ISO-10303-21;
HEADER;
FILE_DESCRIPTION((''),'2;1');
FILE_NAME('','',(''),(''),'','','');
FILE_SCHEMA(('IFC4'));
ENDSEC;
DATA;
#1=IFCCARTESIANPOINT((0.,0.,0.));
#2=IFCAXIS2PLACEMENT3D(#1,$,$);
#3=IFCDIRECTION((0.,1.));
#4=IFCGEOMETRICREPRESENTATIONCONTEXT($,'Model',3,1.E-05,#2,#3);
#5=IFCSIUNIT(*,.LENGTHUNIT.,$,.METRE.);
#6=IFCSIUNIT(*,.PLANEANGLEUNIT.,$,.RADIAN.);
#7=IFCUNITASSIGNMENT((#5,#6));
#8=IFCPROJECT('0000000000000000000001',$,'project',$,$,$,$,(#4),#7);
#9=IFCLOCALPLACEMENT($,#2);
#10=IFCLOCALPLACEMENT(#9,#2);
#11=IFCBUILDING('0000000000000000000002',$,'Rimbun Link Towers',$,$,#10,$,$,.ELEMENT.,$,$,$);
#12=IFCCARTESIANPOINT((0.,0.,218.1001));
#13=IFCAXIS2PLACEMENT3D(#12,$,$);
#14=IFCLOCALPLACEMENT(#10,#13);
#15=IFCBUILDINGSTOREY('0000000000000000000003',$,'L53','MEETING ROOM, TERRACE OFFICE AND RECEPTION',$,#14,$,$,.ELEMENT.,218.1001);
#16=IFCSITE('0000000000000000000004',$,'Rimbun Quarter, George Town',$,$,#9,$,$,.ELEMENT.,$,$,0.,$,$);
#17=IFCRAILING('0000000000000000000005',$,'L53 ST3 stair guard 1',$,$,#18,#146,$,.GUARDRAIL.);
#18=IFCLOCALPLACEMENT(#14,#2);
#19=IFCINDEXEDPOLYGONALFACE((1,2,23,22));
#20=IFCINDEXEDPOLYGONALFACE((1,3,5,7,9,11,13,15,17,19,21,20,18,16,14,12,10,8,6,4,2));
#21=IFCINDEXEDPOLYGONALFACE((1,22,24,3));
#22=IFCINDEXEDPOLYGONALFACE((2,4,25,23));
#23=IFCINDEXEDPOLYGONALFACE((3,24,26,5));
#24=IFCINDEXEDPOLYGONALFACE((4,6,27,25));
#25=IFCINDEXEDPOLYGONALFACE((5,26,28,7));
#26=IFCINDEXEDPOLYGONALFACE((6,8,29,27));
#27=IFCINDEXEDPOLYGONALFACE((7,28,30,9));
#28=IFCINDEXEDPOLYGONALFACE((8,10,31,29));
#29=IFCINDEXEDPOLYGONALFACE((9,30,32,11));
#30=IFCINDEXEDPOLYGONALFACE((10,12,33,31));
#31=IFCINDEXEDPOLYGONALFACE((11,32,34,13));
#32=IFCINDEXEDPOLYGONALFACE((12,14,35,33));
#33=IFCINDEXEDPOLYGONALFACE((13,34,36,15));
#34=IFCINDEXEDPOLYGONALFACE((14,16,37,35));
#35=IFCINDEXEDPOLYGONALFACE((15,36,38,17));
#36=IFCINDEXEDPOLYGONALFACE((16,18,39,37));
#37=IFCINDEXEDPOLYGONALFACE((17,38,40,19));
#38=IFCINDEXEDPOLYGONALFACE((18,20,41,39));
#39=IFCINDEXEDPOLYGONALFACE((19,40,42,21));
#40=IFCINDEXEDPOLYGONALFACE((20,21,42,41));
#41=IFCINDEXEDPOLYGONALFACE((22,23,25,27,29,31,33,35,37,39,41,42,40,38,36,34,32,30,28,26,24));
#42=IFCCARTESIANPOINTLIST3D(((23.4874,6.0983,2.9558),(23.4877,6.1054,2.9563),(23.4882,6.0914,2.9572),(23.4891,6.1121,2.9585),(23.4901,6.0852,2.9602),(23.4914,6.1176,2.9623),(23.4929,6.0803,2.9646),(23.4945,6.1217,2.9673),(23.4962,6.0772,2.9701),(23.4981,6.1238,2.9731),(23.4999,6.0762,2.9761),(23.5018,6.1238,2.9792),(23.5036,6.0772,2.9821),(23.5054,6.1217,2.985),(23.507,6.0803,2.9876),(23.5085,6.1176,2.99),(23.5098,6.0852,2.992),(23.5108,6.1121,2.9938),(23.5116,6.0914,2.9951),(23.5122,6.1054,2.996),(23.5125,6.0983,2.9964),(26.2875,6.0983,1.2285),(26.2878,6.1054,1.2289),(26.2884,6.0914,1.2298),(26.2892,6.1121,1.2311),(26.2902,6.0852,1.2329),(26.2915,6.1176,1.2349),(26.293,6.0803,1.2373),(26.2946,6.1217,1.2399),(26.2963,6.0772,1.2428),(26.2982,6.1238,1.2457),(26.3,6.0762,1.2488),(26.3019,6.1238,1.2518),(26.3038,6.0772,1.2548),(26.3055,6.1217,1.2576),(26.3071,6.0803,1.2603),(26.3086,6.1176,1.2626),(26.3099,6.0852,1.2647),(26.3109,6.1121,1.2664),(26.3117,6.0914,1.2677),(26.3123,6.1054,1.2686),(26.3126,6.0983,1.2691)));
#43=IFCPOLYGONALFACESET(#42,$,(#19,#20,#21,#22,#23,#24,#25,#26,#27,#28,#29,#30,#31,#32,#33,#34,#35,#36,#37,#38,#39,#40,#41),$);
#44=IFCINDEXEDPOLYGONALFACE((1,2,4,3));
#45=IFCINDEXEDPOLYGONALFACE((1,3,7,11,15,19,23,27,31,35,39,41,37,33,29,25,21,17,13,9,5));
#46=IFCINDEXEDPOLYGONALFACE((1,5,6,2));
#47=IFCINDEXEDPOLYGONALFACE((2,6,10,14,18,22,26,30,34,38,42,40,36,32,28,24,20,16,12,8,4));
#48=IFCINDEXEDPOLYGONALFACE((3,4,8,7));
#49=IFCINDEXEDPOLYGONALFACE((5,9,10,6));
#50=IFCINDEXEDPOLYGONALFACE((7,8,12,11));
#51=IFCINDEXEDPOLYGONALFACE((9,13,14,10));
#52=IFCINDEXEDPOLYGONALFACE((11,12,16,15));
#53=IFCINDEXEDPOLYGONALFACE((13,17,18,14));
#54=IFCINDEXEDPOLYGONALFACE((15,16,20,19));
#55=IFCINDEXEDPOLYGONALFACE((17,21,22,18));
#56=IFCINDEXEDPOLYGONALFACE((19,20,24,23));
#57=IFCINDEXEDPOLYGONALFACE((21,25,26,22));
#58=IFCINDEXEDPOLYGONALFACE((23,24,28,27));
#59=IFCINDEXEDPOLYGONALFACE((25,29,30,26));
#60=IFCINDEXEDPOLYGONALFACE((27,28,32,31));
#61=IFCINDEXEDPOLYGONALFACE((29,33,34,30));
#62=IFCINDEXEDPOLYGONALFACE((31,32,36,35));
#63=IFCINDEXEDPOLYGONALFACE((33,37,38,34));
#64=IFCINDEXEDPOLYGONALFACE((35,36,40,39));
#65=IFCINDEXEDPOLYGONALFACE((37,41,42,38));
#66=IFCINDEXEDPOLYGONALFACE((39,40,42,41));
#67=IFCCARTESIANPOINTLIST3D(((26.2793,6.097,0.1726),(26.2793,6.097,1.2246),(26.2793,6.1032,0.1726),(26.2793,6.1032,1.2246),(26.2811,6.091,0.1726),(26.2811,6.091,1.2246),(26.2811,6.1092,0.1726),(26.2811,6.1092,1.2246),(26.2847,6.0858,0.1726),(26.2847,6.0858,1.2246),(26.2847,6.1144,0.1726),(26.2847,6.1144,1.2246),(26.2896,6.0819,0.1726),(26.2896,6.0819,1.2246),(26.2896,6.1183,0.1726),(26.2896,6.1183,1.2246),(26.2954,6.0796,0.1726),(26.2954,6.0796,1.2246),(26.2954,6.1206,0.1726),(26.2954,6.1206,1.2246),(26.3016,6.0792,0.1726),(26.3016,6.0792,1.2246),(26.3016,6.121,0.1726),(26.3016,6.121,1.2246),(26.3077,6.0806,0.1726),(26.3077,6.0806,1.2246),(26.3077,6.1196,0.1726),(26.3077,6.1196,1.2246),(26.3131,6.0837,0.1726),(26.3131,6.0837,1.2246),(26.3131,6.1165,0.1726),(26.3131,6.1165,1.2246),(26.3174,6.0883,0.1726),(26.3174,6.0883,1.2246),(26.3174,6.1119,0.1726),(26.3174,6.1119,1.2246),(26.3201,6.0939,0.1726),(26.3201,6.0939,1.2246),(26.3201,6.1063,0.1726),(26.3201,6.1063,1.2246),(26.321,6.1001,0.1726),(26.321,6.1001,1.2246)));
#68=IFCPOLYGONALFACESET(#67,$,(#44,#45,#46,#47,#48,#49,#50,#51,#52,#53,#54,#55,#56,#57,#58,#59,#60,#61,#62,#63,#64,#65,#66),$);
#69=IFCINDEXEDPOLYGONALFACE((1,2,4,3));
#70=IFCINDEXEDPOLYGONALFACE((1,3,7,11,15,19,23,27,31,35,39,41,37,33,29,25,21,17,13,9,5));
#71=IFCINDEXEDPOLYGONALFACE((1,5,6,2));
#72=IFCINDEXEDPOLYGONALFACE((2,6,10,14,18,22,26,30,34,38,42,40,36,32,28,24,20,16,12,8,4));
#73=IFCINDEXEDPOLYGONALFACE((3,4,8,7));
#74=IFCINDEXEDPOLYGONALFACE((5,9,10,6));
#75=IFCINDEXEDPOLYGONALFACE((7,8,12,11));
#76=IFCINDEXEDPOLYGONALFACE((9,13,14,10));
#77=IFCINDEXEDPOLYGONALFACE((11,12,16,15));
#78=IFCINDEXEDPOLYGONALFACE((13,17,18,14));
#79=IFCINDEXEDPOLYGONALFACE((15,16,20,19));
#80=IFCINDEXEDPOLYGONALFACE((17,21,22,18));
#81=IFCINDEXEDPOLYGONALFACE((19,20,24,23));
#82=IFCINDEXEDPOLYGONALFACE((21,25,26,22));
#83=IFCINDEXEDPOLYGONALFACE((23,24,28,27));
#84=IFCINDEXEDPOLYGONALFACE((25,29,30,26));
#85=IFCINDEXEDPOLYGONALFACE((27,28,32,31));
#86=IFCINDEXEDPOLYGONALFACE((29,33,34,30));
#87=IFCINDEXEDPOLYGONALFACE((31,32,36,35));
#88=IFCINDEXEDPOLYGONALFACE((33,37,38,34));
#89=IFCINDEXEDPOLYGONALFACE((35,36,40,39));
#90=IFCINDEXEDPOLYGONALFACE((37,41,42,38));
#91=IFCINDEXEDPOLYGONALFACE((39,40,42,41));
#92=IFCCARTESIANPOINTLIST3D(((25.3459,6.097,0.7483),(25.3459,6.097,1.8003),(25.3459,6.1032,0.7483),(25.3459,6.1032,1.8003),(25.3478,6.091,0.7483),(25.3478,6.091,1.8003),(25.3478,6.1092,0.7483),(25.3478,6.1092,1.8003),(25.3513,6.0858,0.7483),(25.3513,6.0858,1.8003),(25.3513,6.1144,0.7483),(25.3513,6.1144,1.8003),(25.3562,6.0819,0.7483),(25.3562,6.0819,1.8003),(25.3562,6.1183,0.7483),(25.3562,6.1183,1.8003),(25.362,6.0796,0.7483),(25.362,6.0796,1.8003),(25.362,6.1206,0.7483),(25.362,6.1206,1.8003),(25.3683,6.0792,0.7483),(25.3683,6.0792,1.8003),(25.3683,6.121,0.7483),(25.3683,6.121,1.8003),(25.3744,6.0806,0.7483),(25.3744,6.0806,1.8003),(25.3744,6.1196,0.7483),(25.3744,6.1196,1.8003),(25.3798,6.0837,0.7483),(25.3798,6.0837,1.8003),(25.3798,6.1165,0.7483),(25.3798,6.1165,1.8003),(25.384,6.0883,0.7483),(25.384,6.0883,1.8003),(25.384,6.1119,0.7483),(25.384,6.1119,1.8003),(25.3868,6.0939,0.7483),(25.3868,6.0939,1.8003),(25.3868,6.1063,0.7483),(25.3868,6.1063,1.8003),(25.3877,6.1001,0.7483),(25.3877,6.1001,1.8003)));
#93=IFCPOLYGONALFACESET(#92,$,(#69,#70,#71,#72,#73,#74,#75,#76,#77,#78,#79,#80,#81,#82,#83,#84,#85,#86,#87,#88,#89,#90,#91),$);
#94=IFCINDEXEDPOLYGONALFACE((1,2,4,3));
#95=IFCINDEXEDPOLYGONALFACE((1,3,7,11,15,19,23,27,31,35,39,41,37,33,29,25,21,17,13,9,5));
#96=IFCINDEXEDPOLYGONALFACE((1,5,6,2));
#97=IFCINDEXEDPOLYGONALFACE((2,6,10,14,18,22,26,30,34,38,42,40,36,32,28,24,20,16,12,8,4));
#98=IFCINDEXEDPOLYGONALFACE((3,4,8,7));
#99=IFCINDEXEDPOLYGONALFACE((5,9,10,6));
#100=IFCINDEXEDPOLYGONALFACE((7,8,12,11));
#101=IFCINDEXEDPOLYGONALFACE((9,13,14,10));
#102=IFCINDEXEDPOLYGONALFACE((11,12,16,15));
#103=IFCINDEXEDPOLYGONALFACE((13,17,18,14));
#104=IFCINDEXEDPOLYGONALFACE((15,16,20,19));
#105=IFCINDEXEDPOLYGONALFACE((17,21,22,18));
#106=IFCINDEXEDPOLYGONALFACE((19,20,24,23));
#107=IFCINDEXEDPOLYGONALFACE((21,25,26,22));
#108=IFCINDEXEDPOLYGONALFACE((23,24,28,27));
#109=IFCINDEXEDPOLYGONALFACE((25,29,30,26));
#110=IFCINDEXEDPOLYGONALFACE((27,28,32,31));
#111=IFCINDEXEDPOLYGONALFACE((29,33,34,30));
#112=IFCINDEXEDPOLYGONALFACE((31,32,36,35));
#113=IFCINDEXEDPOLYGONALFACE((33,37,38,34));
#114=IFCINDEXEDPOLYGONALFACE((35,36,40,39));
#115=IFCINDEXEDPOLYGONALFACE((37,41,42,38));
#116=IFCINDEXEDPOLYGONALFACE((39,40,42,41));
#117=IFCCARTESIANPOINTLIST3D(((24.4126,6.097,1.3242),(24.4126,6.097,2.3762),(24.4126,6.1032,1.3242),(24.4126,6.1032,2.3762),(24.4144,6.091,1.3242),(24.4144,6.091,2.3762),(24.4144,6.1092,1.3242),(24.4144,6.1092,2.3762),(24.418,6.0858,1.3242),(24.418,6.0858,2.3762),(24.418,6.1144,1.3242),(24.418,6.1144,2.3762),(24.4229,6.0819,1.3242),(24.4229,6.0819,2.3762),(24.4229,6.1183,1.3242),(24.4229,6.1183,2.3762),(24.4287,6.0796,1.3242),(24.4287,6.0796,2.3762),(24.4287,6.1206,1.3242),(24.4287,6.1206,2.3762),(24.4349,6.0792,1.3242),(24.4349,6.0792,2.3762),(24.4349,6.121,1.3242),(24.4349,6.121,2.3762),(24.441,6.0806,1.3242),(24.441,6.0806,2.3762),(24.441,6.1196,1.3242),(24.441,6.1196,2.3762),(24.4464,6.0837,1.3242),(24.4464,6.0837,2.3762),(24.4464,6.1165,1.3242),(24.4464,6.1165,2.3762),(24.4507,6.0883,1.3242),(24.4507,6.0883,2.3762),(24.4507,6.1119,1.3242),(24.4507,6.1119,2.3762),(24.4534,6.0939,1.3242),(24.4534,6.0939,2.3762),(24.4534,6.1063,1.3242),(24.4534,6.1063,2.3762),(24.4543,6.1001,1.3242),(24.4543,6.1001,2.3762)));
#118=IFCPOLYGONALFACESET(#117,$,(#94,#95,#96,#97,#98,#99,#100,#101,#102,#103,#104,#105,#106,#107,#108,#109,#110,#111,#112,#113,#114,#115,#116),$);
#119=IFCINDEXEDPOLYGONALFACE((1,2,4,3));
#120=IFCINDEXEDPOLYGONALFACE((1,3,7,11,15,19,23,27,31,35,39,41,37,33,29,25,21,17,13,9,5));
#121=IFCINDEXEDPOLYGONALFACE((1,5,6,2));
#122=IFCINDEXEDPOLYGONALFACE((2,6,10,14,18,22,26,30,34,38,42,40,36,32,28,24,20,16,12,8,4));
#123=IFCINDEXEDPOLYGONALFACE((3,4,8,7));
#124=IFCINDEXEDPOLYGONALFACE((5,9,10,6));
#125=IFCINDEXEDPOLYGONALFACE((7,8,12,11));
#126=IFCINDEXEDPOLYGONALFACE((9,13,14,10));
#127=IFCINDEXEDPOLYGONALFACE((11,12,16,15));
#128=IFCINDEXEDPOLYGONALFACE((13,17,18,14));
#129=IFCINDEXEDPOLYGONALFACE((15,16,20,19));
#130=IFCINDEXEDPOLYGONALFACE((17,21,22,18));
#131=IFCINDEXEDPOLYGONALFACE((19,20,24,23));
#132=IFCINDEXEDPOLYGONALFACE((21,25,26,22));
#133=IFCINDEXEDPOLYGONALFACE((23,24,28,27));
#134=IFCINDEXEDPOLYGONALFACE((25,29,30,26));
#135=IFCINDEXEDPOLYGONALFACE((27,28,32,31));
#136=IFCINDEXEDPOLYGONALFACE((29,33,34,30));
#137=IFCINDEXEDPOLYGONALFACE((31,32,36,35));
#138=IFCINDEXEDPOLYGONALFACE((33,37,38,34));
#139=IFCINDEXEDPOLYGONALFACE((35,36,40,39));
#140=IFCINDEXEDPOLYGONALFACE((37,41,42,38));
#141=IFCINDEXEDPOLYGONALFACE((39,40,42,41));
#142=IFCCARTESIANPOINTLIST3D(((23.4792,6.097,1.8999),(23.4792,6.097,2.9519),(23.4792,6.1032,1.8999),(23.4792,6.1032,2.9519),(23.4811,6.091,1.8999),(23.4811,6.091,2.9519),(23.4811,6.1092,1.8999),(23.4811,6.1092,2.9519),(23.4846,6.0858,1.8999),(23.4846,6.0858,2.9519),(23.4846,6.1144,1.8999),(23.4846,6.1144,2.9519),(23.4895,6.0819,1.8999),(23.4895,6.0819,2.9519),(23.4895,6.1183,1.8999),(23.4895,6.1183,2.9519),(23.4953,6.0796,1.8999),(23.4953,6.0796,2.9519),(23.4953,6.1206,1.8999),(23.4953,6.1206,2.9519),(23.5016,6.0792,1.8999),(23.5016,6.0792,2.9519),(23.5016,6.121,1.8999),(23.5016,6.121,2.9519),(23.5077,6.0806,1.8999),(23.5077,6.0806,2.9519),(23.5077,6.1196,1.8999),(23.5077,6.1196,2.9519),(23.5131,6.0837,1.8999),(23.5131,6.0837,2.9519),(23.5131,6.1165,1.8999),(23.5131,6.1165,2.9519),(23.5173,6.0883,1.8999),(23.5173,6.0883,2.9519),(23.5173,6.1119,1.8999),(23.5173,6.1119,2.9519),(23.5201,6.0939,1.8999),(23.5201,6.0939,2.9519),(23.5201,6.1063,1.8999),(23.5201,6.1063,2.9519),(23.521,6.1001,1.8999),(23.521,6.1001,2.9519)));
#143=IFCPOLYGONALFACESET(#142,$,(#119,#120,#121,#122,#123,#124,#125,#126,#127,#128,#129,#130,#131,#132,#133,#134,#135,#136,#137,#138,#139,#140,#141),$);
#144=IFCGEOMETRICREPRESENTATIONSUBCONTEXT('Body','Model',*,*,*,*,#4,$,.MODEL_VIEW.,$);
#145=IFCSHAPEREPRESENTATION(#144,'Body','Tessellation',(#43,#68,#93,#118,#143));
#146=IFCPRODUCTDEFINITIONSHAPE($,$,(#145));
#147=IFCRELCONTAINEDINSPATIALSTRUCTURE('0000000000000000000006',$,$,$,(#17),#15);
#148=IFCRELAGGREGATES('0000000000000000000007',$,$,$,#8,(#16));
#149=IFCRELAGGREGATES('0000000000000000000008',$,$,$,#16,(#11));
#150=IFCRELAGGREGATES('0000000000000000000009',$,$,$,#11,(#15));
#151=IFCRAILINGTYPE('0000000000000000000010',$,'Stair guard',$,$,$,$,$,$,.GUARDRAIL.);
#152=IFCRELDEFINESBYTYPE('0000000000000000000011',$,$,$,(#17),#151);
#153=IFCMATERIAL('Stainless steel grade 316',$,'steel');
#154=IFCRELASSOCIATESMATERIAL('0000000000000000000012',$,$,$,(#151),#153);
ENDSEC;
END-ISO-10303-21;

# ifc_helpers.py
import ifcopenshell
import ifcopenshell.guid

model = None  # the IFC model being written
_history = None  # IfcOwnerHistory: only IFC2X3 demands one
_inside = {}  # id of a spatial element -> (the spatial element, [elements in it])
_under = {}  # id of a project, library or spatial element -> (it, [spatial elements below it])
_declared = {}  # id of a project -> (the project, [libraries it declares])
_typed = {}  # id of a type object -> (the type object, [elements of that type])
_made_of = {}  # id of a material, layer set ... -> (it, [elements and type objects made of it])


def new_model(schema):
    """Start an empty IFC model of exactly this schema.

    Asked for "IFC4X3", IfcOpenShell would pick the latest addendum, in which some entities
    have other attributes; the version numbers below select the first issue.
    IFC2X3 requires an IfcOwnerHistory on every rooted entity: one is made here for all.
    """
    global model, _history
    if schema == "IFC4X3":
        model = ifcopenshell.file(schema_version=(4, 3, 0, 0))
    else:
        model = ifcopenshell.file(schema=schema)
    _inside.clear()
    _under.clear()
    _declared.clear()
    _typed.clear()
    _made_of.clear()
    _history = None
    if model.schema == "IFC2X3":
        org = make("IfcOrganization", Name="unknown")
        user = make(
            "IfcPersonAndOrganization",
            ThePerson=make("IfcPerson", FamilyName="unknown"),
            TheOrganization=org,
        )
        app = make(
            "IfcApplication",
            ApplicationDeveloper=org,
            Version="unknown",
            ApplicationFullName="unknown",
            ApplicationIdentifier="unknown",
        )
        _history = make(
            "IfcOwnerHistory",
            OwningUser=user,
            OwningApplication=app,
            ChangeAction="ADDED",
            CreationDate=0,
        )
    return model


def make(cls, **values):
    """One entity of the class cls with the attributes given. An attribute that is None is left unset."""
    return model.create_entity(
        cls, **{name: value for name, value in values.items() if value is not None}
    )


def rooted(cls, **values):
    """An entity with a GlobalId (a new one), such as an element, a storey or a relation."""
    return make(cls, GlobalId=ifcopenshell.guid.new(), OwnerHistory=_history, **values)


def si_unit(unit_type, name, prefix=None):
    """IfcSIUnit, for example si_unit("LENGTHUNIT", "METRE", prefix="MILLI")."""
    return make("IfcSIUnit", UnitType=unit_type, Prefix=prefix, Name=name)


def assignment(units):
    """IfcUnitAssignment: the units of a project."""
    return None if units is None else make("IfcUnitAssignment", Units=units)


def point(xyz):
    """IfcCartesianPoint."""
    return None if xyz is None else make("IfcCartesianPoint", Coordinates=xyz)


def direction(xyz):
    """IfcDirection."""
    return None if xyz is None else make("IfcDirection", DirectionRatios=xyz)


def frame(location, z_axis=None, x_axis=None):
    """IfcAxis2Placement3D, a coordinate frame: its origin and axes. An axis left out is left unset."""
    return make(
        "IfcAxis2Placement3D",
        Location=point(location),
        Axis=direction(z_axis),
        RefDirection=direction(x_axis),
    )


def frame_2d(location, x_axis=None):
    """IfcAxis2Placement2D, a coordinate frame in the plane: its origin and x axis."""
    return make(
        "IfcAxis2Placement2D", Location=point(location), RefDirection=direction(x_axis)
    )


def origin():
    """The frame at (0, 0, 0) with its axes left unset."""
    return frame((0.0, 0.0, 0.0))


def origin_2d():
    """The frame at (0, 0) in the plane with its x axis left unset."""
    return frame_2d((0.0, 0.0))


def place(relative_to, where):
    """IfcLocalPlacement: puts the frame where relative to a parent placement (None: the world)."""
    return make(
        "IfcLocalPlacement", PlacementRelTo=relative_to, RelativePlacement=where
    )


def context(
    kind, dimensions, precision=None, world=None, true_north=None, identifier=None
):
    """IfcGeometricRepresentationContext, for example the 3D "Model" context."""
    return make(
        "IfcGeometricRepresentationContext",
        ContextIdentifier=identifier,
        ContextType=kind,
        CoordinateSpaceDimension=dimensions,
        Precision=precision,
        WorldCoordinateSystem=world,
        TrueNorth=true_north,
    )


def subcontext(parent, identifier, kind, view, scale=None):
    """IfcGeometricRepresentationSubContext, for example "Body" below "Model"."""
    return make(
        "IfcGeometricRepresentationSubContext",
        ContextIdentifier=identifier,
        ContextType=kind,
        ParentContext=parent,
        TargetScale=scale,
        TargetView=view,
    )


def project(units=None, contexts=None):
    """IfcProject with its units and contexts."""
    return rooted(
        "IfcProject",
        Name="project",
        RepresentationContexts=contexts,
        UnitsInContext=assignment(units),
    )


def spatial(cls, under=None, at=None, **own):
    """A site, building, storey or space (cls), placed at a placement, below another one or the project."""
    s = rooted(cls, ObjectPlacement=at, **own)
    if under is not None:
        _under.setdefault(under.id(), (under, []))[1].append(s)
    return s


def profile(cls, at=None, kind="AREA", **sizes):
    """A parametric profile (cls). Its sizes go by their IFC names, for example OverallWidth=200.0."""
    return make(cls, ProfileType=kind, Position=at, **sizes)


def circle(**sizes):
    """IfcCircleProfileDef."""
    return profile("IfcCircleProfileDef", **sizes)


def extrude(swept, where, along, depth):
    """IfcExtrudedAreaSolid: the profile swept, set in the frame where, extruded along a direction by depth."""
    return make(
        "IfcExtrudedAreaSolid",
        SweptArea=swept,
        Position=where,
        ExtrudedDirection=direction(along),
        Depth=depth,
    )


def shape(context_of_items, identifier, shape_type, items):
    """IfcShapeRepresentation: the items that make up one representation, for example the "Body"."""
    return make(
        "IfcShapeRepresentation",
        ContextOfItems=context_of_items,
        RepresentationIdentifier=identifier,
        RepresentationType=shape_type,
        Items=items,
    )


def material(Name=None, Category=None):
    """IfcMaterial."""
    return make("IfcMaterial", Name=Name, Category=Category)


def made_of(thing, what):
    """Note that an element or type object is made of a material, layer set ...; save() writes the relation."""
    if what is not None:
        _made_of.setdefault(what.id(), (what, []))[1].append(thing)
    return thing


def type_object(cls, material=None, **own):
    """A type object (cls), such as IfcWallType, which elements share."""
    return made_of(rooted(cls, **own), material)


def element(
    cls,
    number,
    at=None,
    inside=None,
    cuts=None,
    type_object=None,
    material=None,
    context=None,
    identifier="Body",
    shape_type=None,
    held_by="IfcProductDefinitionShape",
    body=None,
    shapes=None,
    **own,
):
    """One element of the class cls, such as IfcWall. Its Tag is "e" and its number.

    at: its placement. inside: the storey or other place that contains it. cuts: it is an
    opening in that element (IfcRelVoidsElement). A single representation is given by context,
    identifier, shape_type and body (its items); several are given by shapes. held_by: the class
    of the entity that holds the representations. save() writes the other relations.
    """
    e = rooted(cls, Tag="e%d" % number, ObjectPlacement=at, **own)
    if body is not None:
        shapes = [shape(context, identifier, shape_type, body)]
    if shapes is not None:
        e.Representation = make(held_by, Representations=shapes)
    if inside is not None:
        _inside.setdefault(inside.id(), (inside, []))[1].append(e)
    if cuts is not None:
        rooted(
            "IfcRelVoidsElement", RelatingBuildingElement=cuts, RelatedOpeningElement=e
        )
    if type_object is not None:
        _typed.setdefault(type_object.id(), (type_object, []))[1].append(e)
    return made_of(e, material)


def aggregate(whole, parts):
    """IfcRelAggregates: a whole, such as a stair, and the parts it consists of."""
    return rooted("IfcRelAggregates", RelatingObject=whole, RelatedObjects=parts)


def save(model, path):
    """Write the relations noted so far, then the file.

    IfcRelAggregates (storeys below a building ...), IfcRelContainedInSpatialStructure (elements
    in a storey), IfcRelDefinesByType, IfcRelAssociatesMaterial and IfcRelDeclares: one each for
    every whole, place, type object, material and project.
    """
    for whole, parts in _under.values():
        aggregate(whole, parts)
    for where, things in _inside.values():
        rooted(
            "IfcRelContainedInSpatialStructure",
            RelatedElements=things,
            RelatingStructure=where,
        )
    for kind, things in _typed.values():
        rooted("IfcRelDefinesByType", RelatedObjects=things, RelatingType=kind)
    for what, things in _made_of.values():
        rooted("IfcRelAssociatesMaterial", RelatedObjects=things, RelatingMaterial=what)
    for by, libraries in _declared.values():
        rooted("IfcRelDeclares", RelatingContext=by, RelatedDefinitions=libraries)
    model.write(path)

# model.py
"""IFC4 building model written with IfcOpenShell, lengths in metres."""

from ifc_helpers import new_model, si_unit, direction, frame, origin, origin_2d, place, context, subcontext, project, spatial, circle, extrude, material, type_object, element, save


model = new_model("IFC4")

# Units and contexts
model_context = context("Model", 3, precision=1e-05, world=origin(), true_north=direction((0.0, 1.0)))
body_context = subcontext(model_context, "Body", "Model", "MODEL_VIEW")
ifc_project = project(units=[si_unit("LENGTHUNIT", "METRE"), si_unit("PLANEANGLEUNIT", "RADIAN")], contexts=[model_context])

# Site, building, storey
site_placement = place(None, origin())
site = spatial("IfcSite", under=ifc_project, at=site_placement, Name="Rimbun Quarter, George Town", CompositionType="ELEMENT", RefElevation=0.0)
building_placement = place(site_placement, origin())
building = spatial("IfcBuilding", under=site, at=building_placement, Name="Rimbun Link Towers", CompositionType="ELEMENT")
storey_placement = place(building_placement, frame((0.0, 0.0, 218.1001)))
storey = spatial("IfcBuildingStorey", under=building, at=storey_placement, Name="L53", Description="MEETING ROOM, TERRACE OFFICE AND RECEPTION", CompositionType="ELEMENT", Elevation=218.1001)

# Railing
ifc_material_1 = material(Name="Stainless steel grade 316", Category="steel")
railing_type_1 = type_object("IfcRailingType", Name="Stair guard", PredefinedType="GUARDRAIL", material=ifc_material_1)
railing_1_placement = place(storey_placement, frame((26.3, 6.1001, 0.1726)))
element("IfcRailing", 1, at=railing_1_placement, inside=storey, type_object=railing_type_1, Name="L53 ST3 stair guard 1", PredefinedType="GUARDRAIL", context=body_context, shape_type="SweptSolid", body=[
    extrude(circle(Radius=0.0239, at=origin_2d()), frame((0.0, 0.0, 1.0762), z_axis=(-0.85109, 0.0, 0.52502), x_axis=(0.0, -1.0, 0.0)), (0.0, 0.0, 1.0), 3.29),
    extrude(circle(Radius=0.021, at=origin_2d()), origin(), (0.0, 0.0, 1.0), 1.052),
    extrude(circle(Radius=0.021, at=origin_2d()), frame((-0.9333, 0.0, 0.5757)), (0.0, 0.0, 1.0), 1.052),
    extrude(circle(Radius=0.021, at=origin_2d()), frame((-1.8667, 0.0, 1.1516)), (0.0, 0.0, 1.0), 1.052),
    extrude(circle(Radius=0.021, at=origin_2d()), frame((-2.8, 0.0, 1.7273)), (0.0, 0.0, 1.0), 1.052),
])

save(model, "model.ifc")
